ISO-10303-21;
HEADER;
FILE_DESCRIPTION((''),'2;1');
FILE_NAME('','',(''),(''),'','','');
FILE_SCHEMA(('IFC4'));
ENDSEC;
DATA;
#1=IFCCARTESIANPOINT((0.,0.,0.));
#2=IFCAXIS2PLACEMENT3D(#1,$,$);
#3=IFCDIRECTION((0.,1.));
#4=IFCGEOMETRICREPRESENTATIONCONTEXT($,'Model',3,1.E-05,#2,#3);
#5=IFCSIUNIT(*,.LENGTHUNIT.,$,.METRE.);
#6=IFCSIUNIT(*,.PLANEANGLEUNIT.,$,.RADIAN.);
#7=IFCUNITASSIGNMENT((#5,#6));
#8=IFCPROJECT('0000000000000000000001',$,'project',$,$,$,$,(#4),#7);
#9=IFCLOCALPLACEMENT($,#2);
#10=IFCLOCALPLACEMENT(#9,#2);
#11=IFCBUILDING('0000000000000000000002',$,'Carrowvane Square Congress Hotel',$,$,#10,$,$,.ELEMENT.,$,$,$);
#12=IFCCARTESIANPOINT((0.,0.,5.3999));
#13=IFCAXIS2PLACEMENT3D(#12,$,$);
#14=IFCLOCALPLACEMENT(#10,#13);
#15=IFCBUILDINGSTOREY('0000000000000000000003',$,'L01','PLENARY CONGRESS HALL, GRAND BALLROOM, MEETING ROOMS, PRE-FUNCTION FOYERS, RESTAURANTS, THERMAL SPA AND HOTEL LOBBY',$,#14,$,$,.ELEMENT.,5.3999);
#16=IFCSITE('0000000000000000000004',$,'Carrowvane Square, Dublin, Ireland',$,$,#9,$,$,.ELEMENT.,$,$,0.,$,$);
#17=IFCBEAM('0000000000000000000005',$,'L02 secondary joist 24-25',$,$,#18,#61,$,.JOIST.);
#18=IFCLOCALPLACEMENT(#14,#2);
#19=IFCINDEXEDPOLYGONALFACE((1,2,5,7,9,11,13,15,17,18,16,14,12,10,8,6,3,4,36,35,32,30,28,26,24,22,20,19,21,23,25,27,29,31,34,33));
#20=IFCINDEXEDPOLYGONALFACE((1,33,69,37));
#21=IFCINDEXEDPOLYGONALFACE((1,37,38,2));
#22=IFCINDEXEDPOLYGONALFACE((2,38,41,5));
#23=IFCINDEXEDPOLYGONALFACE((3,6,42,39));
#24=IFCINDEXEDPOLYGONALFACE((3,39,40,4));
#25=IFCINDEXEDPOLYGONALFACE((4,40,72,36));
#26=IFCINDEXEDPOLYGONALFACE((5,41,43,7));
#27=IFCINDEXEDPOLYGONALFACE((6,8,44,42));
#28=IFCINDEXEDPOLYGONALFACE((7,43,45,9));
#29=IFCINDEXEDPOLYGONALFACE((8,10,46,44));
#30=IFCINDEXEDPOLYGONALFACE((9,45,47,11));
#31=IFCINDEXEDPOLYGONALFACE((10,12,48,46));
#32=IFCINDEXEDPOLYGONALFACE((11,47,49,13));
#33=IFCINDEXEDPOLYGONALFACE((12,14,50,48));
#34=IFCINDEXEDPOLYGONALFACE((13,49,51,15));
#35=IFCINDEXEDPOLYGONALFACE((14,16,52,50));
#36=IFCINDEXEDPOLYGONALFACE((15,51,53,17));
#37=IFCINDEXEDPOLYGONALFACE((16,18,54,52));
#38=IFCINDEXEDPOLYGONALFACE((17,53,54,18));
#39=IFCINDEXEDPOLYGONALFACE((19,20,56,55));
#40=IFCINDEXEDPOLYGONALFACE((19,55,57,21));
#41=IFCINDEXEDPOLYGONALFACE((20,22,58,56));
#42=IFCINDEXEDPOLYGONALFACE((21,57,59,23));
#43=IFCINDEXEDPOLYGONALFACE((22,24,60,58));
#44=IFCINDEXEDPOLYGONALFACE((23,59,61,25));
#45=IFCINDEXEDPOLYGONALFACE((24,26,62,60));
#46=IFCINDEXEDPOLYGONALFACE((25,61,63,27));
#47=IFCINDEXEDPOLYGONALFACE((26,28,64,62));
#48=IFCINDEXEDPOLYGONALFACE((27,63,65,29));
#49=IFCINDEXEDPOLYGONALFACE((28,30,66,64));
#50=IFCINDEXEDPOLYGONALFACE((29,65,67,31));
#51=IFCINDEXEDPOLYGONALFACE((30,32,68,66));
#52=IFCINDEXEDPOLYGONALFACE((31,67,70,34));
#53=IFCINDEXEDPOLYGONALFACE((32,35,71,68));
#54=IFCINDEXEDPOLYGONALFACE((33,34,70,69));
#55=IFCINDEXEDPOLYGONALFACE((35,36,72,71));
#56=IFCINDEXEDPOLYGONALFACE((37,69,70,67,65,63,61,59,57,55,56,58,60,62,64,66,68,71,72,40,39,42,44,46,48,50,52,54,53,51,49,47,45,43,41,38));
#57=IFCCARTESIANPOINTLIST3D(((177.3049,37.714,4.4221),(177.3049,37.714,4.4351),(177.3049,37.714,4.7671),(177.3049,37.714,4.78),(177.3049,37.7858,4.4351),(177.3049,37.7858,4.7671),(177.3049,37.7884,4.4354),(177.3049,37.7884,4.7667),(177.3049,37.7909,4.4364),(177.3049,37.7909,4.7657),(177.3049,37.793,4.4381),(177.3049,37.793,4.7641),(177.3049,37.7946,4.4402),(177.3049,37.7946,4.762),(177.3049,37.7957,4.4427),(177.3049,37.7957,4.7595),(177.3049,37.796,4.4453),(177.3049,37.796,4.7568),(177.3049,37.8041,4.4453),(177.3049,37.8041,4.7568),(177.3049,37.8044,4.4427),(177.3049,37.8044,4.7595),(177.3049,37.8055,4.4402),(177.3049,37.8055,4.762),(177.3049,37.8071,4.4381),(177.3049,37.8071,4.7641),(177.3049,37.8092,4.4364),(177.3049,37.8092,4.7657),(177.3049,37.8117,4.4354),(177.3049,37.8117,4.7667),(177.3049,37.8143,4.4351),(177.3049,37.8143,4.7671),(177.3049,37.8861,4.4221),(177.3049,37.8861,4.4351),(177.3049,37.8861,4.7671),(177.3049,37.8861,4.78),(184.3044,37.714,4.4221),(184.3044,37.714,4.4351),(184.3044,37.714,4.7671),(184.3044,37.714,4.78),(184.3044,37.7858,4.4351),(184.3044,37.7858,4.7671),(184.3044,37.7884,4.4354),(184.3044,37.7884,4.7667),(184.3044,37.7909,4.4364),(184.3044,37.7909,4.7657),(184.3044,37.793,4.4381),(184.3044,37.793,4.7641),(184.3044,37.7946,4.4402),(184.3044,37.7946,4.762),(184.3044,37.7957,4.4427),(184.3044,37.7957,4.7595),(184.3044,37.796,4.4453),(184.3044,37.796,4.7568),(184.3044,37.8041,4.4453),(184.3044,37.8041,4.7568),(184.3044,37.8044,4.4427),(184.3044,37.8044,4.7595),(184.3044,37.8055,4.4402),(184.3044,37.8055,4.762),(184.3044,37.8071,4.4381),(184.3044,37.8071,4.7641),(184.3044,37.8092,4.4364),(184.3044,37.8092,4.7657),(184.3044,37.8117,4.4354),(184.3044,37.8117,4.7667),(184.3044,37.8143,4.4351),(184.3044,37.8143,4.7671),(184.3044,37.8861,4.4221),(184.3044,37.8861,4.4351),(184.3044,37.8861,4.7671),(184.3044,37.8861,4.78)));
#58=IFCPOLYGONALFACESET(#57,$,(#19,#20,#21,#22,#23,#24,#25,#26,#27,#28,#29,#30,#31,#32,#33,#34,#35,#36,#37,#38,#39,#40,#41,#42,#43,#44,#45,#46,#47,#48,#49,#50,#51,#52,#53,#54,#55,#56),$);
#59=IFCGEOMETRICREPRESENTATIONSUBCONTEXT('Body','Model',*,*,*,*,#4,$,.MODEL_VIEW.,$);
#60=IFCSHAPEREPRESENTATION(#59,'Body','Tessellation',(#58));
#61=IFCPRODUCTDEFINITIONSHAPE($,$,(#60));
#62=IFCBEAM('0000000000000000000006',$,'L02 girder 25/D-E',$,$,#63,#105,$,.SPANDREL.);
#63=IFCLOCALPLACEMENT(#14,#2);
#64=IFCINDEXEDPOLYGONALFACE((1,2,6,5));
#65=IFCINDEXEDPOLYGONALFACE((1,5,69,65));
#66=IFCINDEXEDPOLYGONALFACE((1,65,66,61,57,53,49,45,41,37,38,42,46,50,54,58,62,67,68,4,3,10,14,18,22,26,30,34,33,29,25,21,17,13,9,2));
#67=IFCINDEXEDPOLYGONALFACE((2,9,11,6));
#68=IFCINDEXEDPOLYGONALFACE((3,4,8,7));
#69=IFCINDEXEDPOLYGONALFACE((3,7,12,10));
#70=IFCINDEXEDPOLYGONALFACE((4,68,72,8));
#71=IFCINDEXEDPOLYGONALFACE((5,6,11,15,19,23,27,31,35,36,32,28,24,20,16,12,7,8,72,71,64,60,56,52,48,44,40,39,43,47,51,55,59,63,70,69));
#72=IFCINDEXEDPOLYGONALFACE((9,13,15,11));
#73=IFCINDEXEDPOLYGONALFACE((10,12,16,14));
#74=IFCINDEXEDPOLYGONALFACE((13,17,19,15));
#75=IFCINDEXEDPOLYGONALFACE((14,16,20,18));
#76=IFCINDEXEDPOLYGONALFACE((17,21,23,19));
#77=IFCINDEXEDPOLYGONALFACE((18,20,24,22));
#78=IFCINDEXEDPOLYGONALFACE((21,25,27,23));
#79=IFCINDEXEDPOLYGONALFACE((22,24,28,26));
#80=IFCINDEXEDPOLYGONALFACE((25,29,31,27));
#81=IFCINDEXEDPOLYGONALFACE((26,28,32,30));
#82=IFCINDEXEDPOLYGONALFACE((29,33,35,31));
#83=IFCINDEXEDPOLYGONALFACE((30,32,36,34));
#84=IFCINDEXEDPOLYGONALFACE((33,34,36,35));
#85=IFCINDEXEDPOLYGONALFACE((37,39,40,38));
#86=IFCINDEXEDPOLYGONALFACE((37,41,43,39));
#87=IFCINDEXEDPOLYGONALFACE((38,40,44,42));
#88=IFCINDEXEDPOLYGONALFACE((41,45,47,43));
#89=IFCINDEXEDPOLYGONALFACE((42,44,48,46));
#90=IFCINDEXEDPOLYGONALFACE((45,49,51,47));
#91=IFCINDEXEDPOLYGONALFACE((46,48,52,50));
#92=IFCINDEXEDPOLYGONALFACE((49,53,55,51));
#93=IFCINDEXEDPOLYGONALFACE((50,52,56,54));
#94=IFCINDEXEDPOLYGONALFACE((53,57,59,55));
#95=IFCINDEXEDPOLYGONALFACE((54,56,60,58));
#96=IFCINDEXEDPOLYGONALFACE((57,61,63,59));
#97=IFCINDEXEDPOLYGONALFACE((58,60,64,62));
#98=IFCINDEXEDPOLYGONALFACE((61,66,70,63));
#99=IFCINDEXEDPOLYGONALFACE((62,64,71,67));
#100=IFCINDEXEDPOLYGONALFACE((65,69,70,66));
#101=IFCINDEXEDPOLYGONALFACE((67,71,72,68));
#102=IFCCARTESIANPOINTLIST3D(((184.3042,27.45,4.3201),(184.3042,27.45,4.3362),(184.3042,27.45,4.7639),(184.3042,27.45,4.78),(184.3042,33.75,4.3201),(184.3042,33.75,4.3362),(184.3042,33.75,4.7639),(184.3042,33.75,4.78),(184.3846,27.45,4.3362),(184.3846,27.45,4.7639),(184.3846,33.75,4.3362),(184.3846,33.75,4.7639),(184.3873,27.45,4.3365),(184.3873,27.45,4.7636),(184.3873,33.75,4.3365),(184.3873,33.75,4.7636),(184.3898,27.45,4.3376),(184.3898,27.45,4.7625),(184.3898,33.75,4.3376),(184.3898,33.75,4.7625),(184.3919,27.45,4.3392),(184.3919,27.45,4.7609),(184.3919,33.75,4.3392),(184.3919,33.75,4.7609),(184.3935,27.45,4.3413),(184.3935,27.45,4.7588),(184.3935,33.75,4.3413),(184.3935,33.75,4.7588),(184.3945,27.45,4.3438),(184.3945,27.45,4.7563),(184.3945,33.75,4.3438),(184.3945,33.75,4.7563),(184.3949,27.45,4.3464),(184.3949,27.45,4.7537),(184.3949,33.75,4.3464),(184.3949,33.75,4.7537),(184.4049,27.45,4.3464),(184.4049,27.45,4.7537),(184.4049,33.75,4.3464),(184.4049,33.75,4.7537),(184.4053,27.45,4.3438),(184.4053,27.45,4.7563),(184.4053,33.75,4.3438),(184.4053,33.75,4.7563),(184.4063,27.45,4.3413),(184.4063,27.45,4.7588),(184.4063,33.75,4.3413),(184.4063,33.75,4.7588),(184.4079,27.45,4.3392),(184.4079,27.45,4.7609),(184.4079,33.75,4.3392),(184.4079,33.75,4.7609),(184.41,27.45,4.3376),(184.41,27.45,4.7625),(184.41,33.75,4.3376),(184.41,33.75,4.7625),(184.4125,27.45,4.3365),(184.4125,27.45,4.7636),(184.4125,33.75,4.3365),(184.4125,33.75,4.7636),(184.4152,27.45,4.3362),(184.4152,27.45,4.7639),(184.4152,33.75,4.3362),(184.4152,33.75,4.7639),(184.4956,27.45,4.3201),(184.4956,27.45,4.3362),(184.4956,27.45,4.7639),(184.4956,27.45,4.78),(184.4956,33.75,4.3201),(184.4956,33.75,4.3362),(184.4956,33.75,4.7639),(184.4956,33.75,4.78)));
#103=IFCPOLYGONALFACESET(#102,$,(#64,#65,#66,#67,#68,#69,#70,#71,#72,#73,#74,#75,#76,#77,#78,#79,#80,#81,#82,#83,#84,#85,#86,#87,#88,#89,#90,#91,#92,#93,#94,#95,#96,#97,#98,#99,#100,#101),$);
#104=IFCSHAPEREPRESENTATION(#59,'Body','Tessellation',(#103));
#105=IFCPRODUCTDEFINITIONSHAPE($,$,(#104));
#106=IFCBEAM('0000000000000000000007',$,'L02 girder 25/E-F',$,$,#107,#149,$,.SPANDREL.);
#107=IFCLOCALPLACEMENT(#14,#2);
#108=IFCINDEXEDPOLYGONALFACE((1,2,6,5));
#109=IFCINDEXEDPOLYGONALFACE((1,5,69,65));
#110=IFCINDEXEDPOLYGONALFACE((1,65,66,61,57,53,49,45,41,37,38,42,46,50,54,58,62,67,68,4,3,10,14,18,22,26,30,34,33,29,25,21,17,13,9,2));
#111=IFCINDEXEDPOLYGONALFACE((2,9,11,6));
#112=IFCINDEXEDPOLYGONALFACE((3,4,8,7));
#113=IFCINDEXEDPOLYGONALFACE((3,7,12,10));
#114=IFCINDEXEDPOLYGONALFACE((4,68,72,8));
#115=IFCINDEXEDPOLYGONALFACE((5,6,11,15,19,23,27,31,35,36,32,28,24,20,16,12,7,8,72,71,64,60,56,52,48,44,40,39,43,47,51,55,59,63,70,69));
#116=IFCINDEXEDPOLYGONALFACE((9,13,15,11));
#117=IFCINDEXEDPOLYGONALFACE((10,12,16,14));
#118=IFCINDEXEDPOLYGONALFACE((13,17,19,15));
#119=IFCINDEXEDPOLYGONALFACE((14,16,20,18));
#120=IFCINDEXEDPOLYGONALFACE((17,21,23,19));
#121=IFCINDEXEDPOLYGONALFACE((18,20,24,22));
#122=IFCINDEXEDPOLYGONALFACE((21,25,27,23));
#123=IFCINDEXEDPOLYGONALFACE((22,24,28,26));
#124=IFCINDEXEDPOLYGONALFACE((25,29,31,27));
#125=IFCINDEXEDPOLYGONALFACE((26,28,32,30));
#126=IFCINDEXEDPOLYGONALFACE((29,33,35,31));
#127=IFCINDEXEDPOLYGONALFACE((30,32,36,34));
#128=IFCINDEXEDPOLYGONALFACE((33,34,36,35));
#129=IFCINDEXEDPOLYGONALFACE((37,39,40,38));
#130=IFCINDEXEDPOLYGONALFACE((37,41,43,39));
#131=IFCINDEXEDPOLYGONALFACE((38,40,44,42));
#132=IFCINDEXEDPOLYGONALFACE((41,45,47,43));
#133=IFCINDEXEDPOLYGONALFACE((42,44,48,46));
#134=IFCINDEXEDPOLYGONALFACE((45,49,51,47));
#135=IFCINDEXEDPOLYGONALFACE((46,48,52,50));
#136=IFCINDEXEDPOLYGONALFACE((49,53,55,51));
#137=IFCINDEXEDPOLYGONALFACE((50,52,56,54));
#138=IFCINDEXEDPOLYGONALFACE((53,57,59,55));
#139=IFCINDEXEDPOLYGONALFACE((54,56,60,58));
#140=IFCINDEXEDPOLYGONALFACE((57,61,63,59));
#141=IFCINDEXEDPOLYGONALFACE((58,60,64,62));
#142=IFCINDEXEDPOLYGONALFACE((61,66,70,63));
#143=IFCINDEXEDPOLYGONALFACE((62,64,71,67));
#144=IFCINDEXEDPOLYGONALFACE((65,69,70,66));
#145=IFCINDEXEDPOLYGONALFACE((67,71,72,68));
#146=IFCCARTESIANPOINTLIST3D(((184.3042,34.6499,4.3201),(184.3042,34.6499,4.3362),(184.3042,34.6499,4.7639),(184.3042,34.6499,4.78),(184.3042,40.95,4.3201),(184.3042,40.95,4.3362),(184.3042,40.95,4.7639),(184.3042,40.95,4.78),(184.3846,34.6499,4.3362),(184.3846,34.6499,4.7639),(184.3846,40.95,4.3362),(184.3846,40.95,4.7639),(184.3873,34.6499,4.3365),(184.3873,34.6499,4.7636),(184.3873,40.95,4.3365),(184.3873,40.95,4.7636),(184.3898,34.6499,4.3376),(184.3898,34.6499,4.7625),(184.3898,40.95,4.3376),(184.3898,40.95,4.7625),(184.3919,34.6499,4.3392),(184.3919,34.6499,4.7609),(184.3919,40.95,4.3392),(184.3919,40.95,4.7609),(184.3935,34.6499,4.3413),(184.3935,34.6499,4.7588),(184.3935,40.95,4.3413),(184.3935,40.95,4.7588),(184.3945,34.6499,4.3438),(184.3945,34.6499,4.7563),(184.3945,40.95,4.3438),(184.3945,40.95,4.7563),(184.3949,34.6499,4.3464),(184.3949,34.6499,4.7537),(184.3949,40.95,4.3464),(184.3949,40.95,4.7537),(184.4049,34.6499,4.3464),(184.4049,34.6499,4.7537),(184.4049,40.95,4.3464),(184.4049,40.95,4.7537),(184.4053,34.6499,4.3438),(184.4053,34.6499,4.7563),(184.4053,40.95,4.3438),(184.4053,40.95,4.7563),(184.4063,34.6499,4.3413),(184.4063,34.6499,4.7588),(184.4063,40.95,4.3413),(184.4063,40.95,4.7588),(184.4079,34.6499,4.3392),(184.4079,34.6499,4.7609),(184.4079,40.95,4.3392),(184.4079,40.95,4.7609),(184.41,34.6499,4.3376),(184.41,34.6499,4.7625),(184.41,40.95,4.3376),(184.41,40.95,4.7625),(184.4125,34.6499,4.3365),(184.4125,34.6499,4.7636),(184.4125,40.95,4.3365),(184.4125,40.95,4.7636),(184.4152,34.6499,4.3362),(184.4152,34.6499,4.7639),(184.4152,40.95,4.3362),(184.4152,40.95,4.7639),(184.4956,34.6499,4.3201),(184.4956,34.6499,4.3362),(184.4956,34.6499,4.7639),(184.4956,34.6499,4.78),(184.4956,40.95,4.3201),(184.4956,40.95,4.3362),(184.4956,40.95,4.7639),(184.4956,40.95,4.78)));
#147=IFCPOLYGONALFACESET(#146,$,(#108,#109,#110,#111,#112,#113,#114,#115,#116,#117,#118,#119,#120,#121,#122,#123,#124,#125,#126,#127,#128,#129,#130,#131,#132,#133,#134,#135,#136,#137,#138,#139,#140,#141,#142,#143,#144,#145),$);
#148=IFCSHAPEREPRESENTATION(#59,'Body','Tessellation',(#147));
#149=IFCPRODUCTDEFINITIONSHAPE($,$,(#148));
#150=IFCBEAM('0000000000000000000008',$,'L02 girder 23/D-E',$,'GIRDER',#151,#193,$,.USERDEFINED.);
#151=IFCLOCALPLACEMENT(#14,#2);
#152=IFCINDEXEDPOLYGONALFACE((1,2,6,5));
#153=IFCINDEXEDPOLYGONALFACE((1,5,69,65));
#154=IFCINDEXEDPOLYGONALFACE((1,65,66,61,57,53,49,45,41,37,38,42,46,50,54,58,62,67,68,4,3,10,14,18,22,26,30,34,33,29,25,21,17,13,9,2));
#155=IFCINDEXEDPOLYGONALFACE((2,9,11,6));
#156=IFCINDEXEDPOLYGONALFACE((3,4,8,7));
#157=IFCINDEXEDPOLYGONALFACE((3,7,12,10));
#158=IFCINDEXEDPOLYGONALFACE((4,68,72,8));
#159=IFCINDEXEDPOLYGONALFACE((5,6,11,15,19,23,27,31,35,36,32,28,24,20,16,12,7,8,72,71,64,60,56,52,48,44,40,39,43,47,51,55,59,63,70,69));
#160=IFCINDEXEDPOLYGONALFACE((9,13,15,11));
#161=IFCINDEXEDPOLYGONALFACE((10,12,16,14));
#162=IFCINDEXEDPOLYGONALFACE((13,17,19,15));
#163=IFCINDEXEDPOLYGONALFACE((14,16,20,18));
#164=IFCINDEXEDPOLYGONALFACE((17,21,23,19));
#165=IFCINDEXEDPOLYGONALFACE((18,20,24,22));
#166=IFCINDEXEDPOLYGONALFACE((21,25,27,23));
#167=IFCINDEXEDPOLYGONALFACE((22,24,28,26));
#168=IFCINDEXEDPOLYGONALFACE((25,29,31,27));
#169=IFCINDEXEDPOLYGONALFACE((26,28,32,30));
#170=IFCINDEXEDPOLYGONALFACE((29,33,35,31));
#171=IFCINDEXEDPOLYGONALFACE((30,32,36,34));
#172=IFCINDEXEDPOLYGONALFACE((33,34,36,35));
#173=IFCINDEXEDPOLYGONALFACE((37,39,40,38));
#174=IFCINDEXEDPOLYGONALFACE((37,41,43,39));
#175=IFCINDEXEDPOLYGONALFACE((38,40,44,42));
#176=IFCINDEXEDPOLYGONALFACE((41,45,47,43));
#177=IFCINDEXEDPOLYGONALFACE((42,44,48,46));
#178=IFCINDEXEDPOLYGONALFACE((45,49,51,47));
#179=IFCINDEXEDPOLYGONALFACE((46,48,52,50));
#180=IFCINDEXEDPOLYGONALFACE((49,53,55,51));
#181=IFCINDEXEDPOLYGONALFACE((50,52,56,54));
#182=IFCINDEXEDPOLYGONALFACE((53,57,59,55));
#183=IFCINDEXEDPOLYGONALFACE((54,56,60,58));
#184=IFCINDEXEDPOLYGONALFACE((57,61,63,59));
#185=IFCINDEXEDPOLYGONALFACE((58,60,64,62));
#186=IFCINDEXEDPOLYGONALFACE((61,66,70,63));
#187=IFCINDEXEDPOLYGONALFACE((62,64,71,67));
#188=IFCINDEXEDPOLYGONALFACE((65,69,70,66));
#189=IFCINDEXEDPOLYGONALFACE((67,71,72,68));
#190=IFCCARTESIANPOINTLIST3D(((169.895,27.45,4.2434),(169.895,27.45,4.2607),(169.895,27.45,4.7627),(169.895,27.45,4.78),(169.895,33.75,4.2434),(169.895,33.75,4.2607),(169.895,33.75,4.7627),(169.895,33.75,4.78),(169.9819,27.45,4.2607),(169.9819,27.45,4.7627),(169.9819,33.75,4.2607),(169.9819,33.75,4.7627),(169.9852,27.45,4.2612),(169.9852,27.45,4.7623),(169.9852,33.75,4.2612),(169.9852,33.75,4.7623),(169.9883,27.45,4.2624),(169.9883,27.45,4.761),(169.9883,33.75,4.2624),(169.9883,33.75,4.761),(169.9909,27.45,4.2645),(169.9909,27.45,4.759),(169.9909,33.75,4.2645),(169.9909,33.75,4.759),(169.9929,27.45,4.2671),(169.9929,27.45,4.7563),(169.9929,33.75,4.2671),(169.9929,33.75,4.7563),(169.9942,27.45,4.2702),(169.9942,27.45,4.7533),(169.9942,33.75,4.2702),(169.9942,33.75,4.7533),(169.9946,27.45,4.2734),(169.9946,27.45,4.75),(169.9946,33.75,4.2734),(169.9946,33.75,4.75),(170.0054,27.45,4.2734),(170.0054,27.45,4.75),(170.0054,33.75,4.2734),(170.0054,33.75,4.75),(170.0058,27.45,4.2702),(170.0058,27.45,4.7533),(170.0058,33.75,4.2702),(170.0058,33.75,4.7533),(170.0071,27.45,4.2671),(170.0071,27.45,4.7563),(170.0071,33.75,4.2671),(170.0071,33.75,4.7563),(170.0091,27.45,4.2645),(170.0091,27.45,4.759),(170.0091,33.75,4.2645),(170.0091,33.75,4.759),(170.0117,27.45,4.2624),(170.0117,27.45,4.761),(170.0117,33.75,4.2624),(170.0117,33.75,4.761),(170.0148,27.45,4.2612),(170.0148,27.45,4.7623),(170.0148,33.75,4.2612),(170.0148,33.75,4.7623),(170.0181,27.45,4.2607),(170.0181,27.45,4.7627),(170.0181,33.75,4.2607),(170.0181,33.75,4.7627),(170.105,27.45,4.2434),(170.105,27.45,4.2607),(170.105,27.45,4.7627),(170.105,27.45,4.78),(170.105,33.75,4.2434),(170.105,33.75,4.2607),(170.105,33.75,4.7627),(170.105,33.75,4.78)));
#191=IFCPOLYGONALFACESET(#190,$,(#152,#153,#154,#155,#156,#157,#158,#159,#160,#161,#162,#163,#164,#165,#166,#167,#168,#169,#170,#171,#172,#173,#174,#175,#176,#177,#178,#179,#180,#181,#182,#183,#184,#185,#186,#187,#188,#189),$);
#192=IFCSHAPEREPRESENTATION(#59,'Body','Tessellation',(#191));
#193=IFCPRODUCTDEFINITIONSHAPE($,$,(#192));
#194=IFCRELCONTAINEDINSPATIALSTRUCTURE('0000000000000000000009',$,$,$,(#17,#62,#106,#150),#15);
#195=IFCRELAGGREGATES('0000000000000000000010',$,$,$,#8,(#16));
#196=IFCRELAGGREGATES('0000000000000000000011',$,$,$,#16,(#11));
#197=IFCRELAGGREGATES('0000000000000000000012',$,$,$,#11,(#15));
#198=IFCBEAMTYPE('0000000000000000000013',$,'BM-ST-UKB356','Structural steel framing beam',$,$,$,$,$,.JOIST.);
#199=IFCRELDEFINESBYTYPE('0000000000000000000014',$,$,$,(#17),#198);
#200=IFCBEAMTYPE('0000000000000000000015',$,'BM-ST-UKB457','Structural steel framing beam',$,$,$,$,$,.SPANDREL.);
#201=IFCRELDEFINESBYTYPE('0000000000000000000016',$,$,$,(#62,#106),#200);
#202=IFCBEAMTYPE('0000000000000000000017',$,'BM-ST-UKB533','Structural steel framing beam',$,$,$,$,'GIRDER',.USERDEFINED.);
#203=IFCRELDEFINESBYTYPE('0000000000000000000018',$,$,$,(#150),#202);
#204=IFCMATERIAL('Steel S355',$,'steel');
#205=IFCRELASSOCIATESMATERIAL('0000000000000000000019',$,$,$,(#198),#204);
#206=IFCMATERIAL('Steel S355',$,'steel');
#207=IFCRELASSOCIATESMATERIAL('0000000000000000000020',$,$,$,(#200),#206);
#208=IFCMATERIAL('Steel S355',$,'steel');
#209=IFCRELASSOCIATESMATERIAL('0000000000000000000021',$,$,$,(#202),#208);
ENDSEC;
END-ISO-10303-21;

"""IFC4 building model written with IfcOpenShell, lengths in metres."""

from ifc_helpers import new_model, si_unit, direction, frame, origin, origin_2d, place, context, subcontext, project, spatial, i_section, extrude, material, material_profile, profile_set, type_object, element, save


model = new_model("IFC4")

# Units and contexts
model_context = context("Model", 3, precision=1e-05, world=origin(), true_north=direction((0.0, 1.0)))
body_context = subcontext(model_context, "Body", "Model", "MODEL_VIEW")
ifc_project = project(units=[si_unit("LENGTHUNIT", "METRE"), si_unit("PLANEANGLEUNIT", "RADIAN")], contexts=[model_context])

# Site, building, storey
site_placement = place(None, origin())
site = spatial("IfcSite", under=ifc_project, at=site_placement, Name="Carrowvane Square, Dublin, Ireland", CompositionType="ELEMENT", RefElevation=0.0)
building_placement = place(site_placement, origin())
building = spatial("IfcBuilding", under=site, at=building_placement, Name="Carrowvane Square Congress Hotel", CompositionType="ELEMENT")
storey_placement = place(building_placement, frame((0.0, 0.0, 5.3999)))
storey = spatial("IfcBuildingStorey", under=building, at=storey_placement, Name="L01", Description="PLENARY CONGRESS HALL, GRAND BALLROOM, MEETING ROOMS, PRE-FUNCTION FOYERS, RESTAURANTS, THERMAL SPA AND HOTEL LOBBY", CompositionType="ELEMENT", Elevation=5.3999)

# Beams
ifc_material_1 = material(Name="Steel S355", Category="steel")
ifc_material_profile_1 = material_profile(ifc_material_1, i_section(OverallWidth=0.1721, OverallDepth=0.3579, WebThickness=0.0081, FlangeThickness=0.0129, FilletRadius=0.0103, at=origin_2d()), Name="UKB 356x171x57")
ifc_profile_set_1 = profile_set([ifc_material_profile_1], Name="Steel S355")
beam_type_1 = type_object("IfcBeamType", Name="BM-ST-UKB356", Description="Structural steel framing beam", PredefinedType="JOIST", material=ifc_profile_set_1)
for number, where, z_axis, x_axis, name in (
    (1, (177.3049, 37.8, 4.6011), (1.0, 0.0, 0.0), (0.0, 1.0, 0.0), "L02 secondary joist 24-25"),
):
    element("IfcBeam", number, at=place(storey_placement, frame(where, z_axis=z_axis, x_axis=x_axis)), inside=storey, type_object=beam_type_1, Name=name, PredefinedType="JOIST", context=body_context, shape_type="SweptSolid", body=[
        extrude(i_section(OverallWidth=0.1721, OverallDepth=0.3579, WebThickness=0.0081, FlangeThickness=0.0129, FilletRadius=0.0103, at=origin_2d()), origin(), (0.0, 0.0, 1.0), 6.9995),
    ])
ifc_material_2 = material(Name="Steel S355", Category="steel")
ifc_material_profile_2 = material_profile(ifc_material_2, i_section(OverallWidth=0.1914, OverallDepth=0.46, WebThickness=0.01, FlangeThickness=0.0161, FilletRadius=0.0103, at=origin_2d()), Name="UKB 457x191x82")
ifc_profile_set_2 = profile_set([ifc_material_profile_2], Name="Steel S355")
beam_type_2 = type_object("IfcBeamType", Name="BM-ST-UKB457", Description="Structural steel framing beam", PredefinedType="SPANDREL", material=ifc_profile_set_2)
for number, where, z_axis, x_axis, name in (
    (2, (184.3999, 27.45, 4.55), (0.0, 1.0, 0.0), (-1.0, 0.0, 0.0), "L02 girder 25/D-E"),
    (3, (184.3999, 34.6499, 4.55), (0.0, 1.0, 0.0), (-1.0, 0.0, 0.0), "L02 girder 25/E-F"),
):
    element("IfcBeam", number, at=place(storey_placement, frame(where, z_axis=z_axis, x_axis=x_axis)), inside=storey, type_object=beam_type_2, Name=name, PredefinedType="SPANDREL", context=body_context, shape_type="SweptSolid", body=[
        extrude(i_section(OverallWidth=0.1914, OverallDepth=0.46, WebThickness=0.01, FlangeThickness=0.0161, FilletRadius=0.0103, at=origin_2d()), origin(), (0.0, 0.0, 1.0), 6.3),
    ])
ifc_material_3 = material(Name="Steel S355", Category="steel")
ifc_material_profile_3 = material_profile(ifc_material_3, i_section(OverallWidth=0.21, OverallDepth=0.5366, WebThickness=0.0107, FlangeThickness=0.0173, FilletRadius=0.0127, at=origin_2d()), Name="UKB 533x210x101")
ifc_profile_set_3 = profile_set([ifc_material_profile_3], Name="Steel S355")
beam_type_3 = type_object("IfcBeamType", Name="BM-ST-UKB533", Description="Structural steel framing beam", ElementType="GIRDER", PredefinedType="USERDEFINED", material=ifc_profile_set_3)
for number, where, z_axis, x_axis, name in (
    (4, (170.0, 27.45, 4.5117), (0.0, 1.0, 0.0), (-1.0, 0.0, 0.0), "L02 girder 23/D-E"),
):
    element("IfcBeam", number, at=place(storey_placement, frame(where, z_axis=z_axis, x_axis=x_axis)), inside=storey, type_object=beam_type_3, Name=name, ObjectType="GIRDER", PredefinedType="USERDEFINED", context=body_context, shape_type="SweptSolid", body=[
        extrude(i_section(OverallWidth=0.21, OverallDepth=0.5366, WebThickness=0.0107, FlangeThickness=0.0173, FilletRadius=0.0127, at=origin_2d()), origin(), (0.0, 0.0, 1.0), 6.3),
    ])

save(model, "model.ifc")
